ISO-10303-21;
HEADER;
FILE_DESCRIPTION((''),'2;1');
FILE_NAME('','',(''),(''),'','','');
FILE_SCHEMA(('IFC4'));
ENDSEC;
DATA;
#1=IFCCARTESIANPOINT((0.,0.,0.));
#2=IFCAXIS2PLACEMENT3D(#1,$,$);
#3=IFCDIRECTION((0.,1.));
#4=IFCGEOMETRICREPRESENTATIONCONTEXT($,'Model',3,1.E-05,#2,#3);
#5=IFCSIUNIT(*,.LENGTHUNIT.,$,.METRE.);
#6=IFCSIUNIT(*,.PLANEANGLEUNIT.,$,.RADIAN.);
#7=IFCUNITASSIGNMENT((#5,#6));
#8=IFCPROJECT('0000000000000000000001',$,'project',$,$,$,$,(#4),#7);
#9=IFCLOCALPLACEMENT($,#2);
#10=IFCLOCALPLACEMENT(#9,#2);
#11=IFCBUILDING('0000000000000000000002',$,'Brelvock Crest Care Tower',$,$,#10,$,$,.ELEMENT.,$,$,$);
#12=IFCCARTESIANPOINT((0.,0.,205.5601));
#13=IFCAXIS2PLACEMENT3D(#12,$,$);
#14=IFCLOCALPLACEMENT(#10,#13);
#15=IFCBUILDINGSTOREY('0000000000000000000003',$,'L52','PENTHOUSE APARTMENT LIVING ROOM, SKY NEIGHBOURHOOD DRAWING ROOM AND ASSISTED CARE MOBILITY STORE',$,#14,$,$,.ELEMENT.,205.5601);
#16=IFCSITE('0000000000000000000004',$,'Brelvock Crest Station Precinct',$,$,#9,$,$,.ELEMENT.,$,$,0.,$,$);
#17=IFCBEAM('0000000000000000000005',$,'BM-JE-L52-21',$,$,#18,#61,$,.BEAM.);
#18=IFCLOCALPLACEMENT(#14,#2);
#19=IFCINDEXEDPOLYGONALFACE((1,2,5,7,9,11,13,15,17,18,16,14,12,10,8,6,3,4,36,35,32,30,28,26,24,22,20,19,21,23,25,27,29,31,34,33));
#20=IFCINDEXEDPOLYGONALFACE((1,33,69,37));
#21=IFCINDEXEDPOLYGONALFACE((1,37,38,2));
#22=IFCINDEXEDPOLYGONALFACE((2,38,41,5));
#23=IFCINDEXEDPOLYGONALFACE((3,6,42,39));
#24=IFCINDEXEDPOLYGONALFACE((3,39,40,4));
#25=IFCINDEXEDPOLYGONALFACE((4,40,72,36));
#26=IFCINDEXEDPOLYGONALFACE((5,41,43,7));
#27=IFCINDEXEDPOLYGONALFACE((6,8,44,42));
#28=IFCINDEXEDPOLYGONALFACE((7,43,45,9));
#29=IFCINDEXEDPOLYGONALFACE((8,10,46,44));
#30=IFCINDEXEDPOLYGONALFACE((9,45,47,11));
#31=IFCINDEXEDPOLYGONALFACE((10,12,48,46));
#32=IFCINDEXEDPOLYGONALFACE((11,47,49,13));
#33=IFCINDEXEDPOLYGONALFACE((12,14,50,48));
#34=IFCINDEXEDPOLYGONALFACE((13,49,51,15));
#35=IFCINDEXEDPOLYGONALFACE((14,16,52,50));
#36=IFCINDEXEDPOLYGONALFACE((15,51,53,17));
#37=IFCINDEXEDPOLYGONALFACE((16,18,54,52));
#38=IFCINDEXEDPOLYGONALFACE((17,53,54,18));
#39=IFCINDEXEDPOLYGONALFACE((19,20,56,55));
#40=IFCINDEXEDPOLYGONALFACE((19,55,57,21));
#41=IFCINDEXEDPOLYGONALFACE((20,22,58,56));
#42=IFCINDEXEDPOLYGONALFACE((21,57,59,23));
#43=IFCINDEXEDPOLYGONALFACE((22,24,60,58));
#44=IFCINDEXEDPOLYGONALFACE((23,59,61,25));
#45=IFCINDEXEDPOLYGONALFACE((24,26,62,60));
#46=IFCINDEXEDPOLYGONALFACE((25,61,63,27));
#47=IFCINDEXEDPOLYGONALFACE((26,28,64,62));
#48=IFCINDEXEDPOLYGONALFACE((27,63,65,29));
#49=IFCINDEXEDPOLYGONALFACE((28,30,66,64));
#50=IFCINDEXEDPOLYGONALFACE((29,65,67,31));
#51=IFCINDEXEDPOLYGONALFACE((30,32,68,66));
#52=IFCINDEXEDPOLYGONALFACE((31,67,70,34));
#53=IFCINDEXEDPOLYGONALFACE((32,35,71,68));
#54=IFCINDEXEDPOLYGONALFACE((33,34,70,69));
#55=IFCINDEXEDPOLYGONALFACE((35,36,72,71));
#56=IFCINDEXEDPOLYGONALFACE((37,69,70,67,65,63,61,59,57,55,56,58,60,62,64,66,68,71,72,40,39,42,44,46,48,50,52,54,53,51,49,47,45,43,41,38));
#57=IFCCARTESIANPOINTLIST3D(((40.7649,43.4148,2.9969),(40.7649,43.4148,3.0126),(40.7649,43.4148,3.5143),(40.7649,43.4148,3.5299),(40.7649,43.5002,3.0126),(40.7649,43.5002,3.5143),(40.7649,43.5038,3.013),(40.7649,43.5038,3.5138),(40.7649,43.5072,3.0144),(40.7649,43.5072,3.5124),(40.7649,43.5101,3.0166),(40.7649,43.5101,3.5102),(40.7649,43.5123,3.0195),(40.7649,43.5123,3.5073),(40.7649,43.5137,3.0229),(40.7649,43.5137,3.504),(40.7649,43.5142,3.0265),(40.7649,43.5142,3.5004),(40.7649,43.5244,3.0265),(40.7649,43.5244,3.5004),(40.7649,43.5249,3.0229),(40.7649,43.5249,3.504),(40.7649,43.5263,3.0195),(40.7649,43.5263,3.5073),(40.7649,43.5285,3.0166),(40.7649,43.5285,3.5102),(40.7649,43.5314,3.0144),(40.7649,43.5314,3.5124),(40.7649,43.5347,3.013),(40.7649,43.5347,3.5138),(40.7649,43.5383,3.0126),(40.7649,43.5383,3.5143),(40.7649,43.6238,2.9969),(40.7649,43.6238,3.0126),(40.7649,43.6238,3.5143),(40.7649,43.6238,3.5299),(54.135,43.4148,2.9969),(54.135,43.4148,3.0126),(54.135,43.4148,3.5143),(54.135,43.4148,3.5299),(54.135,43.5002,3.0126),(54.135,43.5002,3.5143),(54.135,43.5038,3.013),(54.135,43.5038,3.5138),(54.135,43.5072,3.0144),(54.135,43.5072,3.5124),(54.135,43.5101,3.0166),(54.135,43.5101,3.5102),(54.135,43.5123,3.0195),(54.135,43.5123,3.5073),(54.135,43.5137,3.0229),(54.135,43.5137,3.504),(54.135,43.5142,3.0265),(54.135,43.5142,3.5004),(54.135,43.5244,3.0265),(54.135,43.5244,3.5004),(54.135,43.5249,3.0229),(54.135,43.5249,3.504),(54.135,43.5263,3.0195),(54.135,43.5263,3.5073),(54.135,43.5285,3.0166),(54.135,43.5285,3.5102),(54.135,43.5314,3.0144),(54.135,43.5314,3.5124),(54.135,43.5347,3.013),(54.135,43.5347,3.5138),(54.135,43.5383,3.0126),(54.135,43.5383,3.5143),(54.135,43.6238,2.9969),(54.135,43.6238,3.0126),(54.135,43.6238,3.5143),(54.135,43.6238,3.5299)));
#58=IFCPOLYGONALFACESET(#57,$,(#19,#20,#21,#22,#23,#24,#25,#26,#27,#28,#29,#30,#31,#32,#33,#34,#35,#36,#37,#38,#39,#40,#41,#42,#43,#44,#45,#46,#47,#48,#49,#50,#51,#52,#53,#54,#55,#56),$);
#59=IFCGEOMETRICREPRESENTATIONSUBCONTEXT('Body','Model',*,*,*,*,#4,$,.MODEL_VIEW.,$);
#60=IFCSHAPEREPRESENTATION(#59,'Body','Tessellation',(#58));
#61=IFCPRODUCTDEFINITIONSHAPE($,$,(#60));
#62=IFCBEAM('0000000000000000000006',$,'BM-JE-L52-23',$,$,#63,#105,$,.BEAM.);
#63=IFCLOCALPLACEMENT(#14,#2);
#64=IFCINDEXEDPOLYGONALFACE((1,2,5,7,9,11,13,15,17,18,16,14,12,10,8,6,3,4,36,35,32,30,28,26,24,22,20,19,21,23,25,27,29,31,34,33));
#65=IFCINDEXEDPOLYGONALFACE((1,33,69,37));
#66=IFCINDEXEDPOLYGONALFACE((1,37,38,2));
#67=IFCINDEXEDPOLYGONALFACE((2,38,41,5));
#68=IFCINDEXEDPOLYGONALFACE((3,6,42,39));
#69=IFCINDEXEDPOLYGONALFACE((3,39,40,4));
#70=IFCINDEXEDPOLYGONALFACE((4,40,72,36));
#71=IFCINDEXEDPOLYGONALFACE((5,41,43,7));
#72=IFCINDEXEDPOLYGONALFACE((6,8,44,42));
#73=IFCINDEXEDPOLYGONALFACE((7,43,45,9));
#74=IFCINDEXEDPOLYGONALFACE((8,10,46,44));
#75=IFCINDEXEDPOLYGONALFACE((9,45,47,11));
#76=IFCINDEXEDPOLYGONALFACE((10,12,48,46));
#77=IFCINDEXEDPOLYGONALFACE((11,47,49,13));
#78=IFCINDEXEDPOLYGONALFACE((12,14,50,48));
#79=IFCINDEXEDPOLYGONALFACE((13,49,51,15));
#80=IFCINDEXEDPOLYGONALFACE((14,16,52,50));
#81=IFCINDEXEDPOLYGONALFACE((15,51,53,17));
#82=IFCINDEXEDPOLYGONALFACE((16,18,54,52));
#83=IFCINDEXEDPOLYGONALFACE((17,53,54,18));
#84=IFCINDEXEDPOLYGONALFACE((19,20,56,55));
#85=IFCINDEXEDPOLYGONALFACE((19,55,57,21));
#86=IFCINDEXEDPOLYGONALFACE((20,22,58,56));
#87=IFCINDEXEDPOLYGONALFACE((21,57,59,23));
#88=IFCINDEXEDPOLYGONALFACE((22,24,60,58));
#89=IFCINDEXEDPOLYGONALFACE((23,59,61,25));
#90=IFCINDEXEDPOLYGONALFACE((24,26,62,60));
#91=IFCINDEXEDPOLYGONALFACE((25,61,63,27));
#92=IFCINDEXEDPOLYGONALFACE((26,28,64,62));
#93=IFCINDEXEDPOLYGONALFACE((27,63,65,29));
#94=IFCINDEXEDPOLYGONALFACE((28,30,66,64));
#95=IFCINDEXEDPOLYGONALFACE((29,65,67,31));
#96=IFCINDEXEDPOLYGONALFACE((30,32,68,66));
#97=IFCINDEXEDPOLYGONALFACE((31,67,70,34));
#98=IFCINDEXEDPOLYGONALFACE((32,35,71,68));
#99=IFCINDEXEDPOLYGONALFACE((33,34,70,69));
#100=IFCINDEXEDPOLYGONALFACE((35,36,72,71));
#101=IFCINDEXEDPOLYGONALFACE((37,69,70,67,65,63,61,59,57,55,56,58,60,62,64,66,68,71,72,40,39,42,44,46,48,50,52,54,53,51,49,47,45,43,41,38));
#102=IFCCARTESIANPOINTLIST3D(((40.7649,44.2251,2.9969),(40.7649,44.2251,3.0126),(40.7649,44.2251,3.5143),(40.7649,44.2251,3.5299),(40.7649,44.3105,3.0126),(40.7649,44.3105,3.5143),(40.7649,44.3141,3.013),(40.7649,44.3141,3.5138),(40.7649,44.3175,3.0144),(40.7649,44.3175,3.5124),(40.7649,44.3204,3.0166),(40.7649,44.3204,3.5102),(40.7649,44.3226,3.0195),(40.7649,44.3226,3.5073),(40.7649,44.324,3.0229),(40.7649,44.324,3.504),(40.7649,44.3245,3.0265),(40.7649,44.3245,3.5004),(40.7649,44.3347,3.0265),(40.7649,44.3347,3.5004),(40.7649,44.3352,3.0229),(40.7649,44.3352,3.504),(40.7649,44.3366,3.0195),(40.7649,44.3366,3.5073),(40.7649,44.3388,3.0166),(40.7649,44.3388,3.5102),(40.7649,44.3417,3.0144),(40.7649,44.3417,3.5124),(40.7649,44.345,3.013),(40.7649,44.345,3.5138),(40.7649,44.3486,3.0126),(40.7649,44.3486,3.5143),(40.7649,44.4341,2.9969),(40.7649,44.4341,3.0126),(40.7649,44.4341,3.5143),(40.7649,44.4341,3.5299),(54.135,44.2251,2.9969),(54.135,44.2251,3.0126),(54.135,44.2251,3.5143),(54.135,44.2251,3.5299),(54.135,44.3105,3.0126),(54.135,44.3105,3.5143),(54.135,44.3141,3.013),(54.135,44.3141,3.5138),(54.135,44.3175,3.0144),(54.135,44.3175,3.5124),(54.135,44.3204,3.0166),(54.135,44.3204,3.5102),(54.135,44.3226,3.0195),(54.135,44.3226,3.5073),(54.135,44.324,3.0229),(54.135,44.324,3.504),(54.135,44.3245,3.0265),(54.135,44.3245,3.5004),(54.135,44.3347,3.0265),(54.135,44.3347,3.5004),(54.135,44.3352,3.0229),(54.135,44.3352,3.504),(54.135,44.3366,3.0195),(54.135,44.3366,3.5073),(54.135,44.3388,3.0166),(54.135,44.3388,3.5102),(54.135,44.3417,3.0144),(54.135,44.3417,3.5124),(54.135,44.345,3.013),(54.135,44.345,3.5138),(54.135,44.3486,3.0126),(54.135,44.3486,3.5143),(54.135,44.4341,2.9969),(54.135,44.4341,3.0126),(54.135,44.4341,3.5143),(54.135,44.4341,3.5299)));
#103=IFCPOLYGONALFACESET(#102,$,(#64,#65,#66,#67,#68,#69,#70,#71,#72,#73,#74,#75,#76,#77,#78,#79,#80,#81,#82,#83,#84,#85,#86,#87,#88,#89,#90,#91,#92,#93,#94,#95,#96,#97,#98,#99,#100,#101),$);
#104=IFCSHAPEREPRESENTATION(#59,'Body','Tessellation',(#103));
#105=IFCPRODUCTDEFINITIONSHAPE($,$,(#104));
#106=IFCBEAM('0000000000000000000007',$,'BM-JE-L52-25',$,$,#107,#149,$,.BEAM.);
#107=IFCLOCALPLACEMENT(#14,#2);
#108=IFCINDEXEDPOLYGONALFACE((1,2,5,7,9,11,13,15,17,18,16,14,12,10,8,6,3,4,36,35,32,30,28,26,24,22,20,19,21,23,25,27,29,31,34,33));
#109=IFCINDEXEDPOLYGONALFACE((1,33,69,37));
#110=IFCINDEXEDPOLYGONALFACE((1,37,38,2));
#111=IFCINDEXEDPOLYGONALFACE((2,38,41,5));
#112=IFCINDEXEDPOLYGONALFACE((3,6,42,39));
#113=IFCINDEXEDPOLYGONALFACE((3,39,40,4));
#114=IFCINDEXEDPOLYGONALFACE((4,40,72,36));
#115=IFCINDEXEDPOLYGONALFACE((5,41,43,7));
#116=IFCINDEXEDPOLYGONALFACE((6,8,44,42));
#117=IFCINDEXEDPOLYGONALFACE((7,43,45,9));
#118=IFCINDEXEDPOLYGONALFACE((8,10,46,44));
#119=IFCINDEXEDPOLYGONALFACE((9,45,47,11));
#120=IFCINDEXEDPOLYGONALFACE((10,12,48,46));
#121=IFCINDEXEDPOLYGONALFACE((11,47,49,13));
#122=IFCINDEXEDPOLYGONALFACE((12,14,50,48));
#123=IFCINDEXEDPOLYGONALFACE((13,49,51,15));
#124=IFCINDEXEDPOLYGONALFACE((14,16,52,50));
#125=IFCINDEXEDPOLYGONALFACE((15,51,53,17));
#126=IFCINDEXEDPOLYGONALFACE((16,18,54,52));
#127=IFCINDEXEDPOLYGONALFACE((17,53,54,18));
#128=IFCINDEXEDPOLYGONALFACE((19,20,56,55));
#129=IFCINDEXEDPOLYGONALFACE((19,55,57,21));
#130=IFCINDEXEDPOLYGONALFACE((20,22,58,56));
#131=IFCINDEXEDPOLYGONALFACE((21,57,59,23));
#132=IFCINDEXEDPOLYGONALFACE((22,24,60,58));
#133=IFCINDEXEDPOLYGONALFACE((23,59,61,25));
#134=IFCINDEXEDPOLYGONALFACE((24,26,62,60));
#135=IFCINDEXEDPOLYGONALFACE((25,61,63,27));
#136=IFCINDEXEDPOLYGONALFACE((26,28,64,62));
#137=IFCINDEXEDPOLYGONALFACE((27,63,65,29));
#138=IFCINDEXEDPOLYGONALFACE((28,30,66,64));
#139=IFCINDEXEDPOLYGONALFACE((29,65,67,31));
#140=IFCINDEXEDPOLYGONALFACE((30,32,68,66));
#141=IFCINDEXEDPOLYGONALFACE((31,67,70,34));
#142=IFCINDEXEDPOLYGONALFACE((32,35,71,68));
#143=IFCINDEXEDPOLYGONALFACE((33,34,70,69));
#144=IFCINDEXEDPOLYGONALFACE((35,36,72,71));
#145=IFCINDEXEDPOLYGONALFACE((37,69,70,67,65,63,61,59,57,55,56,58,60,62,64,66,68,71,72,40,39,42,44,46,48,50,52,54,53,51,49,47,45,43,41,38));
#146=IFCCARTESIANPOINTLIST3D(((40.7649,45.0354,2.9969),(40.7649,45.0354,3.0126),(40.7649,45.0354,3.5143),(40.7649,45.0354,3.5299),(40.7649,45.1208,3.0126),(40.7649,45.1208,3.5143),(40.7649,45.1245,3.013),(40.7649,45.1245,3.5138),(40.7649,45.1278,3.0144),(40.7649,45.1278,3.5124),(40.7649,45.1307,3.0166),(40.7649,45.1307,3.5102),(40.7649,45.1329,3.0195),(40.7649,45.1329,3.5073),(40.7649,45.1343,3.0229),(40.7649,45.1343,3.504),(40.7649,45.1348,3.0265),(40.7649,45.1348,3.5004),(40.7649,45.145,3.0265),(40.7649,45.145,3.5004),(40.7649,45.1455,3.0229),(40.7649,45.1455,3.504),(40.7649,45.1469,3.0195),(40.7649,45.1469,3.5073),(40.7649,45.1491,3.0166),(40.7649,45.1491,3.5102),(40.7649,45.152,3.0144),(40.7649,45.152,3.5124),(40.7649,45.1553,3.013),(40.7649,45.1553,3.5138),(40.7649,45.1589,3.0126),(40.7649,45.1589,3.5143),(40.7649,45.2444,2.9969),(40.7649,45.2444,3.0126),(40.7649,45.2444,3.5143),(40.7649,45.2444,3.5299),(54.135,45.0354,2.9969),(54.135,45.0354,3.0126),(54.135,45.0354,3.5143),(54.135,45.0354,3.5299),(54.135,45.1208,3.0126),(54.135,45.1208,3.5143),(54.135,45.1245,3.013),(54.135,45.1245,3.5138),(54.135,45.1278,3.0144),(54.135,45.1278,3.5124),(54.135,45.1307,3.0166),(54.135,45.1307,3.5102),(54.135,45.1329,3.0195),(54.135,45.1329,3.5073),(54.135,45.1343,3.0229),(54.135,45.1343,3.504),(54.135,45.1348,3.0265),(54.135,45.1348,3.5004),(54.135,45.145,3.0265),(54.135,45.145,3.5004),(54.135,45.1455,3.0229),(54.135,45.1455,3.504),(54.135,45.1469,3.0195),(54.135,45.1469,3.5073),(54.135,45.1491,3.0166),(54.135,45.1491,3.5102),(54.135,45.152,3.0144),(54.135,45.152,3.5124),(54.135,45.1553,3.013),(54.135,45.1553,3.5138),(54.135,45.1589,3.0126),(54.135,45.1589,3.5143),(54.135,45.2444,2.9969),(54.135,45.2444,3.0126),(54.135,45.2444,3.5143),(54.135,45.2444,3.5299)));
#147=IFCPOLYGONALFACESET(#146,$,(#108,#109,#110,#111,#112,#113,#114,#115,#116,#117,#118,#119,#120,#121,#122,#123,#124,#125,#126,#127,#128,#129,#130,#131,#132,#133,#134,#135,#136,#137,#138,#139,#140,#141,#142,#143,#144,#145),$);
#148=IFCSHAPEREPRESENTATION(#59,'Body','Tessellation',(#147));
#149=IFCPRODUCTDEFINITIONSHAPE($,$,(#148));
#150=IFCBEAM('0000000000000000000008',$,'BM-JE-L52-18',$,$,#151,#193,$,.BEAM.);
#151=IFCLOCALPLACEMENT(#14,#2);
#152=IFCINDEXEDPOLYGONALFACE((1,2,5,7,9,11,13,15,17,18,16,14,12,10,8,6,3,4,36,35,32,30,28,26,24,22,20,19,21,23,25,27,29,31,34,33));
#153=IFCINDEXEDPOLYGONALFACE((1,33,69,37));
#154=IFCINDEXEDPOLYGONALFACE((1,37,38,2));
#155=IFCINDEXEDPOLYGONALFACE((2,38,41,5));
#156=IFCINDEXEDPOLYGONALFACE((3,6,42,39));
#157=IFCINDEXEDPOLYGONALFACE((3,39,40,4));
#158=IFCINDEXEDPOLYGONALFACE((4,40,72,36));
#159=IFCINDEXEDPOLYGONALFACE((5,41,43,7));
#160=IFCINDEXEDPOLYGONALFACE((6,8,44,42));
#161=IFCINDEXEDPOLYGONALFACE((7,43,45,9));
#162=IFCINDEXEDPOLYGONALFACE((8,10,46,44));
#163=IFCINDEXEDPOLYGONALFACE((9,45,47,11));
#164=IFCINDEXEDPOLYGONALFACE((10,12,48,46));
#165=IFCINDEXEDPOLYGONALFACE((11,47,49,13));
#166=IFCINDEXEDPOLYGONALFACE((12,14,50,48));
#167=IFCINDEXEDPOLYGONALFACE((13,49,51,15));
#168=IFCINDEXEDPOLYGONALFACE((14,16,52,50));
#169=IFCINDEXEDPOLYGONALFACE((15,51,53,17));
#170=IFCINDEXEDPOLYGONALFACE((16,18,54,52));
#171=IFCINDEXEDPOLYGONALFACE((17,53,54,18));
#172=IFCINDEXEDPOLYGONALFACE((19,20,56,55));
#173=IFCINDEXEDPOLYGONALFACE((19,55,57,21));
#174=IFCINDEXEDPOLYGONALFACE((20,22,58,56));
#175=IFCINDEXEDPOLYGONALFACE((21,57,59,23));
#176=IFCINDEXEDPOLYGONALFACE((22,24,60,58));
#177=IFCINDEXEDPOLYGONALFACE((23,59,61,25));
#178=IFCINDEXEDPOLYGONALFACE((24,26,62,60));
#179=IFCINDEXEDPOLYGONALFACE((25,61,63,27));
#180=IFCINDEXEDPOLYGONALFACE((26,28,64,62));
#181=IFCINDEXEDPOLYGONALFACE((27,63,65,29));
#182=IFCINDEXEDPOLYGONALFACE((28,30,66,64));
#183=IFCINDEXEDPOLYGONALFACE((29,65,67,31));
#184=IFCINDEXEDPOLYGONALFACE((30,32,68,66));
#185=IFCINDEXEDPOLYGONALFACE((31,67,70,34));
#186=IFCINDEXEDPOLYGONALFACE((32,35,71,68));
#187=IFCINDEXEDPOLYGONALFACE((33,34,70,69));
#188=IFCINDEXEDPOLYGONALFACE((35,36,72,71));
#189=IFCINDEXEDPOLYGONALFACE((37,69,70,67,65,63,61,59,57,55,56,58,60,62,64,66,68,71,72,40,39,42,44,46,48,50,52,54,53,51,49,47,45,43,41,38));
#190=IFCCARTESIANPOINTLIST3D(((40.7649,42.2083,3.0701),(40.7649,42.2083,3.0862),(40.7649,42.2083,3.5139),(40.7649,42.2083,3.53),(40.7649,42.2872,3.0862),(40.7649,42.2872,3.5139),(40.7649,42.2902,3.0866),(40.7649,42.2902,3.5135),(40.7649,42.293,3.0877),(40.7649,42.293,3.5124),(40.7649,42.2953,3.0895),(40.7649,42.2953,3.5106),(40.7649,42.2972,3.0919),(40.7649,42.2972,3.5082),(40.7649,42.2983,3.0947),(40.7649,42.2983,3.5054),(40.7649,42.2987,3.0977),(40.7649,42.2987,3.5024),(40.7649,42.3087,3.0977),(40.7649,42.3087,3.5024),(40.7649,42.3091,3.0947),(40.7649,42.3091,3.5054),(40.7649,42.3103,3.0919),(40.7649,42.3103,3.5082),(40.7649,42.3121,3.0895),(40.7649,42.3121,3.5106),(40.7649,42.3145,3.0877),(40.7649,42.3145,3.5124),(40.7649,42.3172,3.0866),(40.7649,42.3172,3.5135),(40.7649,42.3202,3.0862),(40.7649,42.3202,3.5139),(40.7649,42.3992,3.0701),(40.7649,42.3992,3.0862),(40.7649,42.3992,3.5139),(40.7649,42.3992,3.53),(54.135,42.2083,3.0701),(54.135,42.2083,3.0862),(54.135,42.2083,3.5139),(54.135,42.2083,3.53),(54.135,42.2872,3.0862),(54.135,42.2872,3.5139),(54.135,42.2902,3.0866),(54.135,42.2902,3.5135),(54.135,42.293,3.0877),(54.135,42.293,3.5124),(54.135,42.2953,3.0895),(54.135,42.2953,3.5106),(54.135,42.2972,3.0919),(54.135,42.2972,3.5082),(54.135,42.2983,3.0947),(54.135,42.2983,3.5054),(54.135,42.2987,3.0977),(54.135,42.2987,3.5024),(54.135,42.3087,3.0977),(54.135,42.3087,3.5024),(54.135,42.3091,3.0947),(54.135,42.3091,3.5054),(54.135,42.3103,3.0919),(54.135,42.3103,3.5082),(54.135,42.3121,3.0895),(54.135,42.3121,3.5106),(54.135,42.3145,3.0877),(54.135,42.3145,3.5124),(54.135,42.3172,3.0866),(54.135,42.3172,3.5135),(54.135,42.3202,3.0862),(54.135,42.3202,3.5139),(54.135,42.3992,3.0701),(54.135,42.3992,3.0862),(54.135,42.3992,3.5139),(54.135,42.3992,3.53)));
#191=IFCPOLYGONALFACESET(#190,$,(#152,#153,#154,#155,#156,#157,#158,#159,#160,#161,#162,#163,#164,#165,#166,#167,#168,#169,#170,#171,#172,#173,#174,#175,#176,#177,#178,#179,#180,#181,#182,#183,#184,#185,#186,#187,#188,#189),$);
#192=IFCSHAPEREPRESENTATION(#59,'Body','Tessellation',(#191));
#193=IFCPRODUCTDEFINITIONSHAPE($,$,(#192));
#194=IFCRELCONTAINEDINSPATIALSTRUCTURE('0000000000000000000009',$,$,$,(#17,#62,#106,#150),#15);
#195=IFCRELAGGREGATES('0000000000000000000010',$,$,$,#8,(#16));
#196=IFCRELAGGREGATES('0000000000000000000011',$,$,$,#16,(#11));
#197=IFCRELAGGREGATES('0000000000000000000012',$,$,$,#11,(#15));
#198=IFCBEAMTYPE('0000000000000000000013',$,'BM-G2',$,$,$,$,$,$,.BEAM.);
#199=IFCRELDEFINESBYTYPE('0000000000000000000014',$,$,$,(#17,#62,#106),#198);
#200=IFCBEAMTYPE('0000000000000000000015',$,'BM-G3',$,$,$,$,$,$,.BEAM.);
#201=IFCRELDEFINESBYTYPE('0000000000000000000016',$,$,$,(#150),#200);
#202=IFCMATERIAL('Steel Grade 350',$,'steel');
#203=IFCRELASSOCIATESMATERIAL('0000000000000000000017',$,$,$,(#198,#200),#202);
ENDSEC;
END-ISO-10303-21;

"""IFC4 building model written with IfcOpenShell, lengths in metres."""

from ifc_helpers import new_model, si_unit, direction, frame, origin, origin_2d, place, context, subcontext, project, spatial, i_section, extrude, source, transform, mapped, material, material_profile, profile_set, type_object, element, save


model = new_model("IFC4")

# Units and contexts
model_context = context("Model", 3, precision=1e-05, world=origin(), true_north=direction((0.0, 1.0)))
body_context = subcontext(model_context, "Body", "Model", "MODEL_VIEW")
ifc_project = project(units=[si_unit("LENGTHUNIT", "METRE"), si_unit("PLANEANGLEUNIT", "RADIAN")], contexts=[model_context])

# Site, building, storey
site_placement = place(None, origin())
site = spatial("IfcSite", under=ifc_project, at=site_placement, Name="Brelvock Crest Station Precinct", CompositionType="ELEMENT", RefElevation=0.0)
building_placement = place(site_placement, origin())
building = spatial("IfcBuilding", under=site, at=building_placement, Name="Brelvock Crest Care Tower", CompositionType="ELEMENT")
storey_placement = place(building_placement, frame((0.0, 0.0, 205.5601)))
storey = spatial("IfcBuildingStorey", under=building, at=storey_placement, Name="L52", Description="PENTHOUSE APARTMENT LIVING ROOM, SKY NEIGHBOURHOOD DRAWING ROOM AND ASSISTED CARE MOBILITY STORE", CompositionType="ELEMENT", Elevation=205.5601)

# Shared definitions
ifc_material_1 = material(Name="Steel Grade 350", Category="steel")

# Beams
ifc_material_profile_1 = material_profile(ifc_material_1, i_section(OverallWidth=0.209, OverallDepth=0.533, WebThickness=0.0103, FlangeThickness=0.0156, FilletRadius=0.0139, at=origin_2d()), Name="530UB92.4")
ifc_profile_set_1 = profile_set([ifc_material_profile_1], Name="Steel Grade 350")
beam_type_1 = type_object("IfcBeamType", Name="BM-G2", PredefinedType="BEAM", material=ifc_profile_set_1)
shared_shape_1 = source(origin(), body_context, "Body", "SweptSolid", [
    extrude(i_section(OverallWidth=0.209, OverallDepth=0.533, WebThickness=0.0103, FlangeThickness=0.0156, FilletRadius=0.0139, at=origin_2d()), origin(), (0.0, 0.0, 1.0), 13.3701),
])
for number, where, z_axis, x_axis, name in (
    (1, (40.7649, 43.5193, 3.2634), (1.0, 0.0, 0.0), (0.0, 1.0, 0.0), "BM-JE-L52-21"),
    (2, (40.7649, 44.3296, 3.2634), (1.0, 0.0, 0.0), (0.0, 1.0, 0.0), "BM-JE-L52-23"),
    (3, (40.7649, 45.1399, 3.2634), (1.0, 0.0, 0.0), (0.0, 1.0, 0.0), "BM-JE-L52-25"),
):
    element("IfcBeam", number, at=place(storey_placement, frame(where, z_axis=z_axis, x_axis=x_axis)), inside=storey, type_object=beam_type_1, Name=name, PredefinedType="BEAM", context=body_context, shape_type="MappedRepresentation", body=[
        mapped(shared_shape_1, transform((0.0, 0.0, 0.0), x_axis=(1.0, 0.0, 0.0), y_axis=(0.0, 1.0, 0.0), z_axis=(0.0, 0.0, 1.0), scale=1.0)),
    ])
ifc_material_profile_2 = material_profile(ifc_material_1, i_section(OverallWidth=0.1909, OverallDepth=0.46, WebThickness=0.01, FlangeThickness=0.0161, FilletRadius=0.0115, at=origin_2d()), Name="460UB82.1")
ifc_profile_set_2 = profile_set([ifc_material_profile_2], Name="Steel Grade 350")
beam_type_2 = type_object("IfcBeamType", Name="BM-G3", PredefinedType="BEAM", material=ifc_profile_set_2)
shared_shape_2 = source(origin(), body_context, "Body", "SweptSolid", [
    extrude(i_section(OverallWidth=0.1909, OverallDepth=0.46, WebThickness=0.01, FlangeThickness=0.0161, FilletRadius=0.0115, at=origin_2d()), origin(), (0.0, 0.0, 1.0), 13.3701),
])
for number, where, z_axis, x_axis, name in (
    (4, (40.7649, 42.3037, 3.3), (1.0, 0.0, 0.0), (0.0, 1.0, 0.0), "BM-JE-L52-18"),
):
    element("IfcBeam", number, at=place(storey_placement, frame(where, z_axis=z_axis, x_axis=x_axis)), inside=storey, type_object=beam_type_2, Name=name, PredefinedType="BEAM", context=body_context, shape_type="MappedRepresentation", body=[
        mapped(shared_shape_2, transform((0.0, 0.0, 0.0), x_axis=(1.0, 0.0, 0.0), y_axis=(0.0, 1.0, 0.0), z_axis=(0.0, 0.0, 1.0), scale=1.0)),
    ])

save(model, "model.ifc")
